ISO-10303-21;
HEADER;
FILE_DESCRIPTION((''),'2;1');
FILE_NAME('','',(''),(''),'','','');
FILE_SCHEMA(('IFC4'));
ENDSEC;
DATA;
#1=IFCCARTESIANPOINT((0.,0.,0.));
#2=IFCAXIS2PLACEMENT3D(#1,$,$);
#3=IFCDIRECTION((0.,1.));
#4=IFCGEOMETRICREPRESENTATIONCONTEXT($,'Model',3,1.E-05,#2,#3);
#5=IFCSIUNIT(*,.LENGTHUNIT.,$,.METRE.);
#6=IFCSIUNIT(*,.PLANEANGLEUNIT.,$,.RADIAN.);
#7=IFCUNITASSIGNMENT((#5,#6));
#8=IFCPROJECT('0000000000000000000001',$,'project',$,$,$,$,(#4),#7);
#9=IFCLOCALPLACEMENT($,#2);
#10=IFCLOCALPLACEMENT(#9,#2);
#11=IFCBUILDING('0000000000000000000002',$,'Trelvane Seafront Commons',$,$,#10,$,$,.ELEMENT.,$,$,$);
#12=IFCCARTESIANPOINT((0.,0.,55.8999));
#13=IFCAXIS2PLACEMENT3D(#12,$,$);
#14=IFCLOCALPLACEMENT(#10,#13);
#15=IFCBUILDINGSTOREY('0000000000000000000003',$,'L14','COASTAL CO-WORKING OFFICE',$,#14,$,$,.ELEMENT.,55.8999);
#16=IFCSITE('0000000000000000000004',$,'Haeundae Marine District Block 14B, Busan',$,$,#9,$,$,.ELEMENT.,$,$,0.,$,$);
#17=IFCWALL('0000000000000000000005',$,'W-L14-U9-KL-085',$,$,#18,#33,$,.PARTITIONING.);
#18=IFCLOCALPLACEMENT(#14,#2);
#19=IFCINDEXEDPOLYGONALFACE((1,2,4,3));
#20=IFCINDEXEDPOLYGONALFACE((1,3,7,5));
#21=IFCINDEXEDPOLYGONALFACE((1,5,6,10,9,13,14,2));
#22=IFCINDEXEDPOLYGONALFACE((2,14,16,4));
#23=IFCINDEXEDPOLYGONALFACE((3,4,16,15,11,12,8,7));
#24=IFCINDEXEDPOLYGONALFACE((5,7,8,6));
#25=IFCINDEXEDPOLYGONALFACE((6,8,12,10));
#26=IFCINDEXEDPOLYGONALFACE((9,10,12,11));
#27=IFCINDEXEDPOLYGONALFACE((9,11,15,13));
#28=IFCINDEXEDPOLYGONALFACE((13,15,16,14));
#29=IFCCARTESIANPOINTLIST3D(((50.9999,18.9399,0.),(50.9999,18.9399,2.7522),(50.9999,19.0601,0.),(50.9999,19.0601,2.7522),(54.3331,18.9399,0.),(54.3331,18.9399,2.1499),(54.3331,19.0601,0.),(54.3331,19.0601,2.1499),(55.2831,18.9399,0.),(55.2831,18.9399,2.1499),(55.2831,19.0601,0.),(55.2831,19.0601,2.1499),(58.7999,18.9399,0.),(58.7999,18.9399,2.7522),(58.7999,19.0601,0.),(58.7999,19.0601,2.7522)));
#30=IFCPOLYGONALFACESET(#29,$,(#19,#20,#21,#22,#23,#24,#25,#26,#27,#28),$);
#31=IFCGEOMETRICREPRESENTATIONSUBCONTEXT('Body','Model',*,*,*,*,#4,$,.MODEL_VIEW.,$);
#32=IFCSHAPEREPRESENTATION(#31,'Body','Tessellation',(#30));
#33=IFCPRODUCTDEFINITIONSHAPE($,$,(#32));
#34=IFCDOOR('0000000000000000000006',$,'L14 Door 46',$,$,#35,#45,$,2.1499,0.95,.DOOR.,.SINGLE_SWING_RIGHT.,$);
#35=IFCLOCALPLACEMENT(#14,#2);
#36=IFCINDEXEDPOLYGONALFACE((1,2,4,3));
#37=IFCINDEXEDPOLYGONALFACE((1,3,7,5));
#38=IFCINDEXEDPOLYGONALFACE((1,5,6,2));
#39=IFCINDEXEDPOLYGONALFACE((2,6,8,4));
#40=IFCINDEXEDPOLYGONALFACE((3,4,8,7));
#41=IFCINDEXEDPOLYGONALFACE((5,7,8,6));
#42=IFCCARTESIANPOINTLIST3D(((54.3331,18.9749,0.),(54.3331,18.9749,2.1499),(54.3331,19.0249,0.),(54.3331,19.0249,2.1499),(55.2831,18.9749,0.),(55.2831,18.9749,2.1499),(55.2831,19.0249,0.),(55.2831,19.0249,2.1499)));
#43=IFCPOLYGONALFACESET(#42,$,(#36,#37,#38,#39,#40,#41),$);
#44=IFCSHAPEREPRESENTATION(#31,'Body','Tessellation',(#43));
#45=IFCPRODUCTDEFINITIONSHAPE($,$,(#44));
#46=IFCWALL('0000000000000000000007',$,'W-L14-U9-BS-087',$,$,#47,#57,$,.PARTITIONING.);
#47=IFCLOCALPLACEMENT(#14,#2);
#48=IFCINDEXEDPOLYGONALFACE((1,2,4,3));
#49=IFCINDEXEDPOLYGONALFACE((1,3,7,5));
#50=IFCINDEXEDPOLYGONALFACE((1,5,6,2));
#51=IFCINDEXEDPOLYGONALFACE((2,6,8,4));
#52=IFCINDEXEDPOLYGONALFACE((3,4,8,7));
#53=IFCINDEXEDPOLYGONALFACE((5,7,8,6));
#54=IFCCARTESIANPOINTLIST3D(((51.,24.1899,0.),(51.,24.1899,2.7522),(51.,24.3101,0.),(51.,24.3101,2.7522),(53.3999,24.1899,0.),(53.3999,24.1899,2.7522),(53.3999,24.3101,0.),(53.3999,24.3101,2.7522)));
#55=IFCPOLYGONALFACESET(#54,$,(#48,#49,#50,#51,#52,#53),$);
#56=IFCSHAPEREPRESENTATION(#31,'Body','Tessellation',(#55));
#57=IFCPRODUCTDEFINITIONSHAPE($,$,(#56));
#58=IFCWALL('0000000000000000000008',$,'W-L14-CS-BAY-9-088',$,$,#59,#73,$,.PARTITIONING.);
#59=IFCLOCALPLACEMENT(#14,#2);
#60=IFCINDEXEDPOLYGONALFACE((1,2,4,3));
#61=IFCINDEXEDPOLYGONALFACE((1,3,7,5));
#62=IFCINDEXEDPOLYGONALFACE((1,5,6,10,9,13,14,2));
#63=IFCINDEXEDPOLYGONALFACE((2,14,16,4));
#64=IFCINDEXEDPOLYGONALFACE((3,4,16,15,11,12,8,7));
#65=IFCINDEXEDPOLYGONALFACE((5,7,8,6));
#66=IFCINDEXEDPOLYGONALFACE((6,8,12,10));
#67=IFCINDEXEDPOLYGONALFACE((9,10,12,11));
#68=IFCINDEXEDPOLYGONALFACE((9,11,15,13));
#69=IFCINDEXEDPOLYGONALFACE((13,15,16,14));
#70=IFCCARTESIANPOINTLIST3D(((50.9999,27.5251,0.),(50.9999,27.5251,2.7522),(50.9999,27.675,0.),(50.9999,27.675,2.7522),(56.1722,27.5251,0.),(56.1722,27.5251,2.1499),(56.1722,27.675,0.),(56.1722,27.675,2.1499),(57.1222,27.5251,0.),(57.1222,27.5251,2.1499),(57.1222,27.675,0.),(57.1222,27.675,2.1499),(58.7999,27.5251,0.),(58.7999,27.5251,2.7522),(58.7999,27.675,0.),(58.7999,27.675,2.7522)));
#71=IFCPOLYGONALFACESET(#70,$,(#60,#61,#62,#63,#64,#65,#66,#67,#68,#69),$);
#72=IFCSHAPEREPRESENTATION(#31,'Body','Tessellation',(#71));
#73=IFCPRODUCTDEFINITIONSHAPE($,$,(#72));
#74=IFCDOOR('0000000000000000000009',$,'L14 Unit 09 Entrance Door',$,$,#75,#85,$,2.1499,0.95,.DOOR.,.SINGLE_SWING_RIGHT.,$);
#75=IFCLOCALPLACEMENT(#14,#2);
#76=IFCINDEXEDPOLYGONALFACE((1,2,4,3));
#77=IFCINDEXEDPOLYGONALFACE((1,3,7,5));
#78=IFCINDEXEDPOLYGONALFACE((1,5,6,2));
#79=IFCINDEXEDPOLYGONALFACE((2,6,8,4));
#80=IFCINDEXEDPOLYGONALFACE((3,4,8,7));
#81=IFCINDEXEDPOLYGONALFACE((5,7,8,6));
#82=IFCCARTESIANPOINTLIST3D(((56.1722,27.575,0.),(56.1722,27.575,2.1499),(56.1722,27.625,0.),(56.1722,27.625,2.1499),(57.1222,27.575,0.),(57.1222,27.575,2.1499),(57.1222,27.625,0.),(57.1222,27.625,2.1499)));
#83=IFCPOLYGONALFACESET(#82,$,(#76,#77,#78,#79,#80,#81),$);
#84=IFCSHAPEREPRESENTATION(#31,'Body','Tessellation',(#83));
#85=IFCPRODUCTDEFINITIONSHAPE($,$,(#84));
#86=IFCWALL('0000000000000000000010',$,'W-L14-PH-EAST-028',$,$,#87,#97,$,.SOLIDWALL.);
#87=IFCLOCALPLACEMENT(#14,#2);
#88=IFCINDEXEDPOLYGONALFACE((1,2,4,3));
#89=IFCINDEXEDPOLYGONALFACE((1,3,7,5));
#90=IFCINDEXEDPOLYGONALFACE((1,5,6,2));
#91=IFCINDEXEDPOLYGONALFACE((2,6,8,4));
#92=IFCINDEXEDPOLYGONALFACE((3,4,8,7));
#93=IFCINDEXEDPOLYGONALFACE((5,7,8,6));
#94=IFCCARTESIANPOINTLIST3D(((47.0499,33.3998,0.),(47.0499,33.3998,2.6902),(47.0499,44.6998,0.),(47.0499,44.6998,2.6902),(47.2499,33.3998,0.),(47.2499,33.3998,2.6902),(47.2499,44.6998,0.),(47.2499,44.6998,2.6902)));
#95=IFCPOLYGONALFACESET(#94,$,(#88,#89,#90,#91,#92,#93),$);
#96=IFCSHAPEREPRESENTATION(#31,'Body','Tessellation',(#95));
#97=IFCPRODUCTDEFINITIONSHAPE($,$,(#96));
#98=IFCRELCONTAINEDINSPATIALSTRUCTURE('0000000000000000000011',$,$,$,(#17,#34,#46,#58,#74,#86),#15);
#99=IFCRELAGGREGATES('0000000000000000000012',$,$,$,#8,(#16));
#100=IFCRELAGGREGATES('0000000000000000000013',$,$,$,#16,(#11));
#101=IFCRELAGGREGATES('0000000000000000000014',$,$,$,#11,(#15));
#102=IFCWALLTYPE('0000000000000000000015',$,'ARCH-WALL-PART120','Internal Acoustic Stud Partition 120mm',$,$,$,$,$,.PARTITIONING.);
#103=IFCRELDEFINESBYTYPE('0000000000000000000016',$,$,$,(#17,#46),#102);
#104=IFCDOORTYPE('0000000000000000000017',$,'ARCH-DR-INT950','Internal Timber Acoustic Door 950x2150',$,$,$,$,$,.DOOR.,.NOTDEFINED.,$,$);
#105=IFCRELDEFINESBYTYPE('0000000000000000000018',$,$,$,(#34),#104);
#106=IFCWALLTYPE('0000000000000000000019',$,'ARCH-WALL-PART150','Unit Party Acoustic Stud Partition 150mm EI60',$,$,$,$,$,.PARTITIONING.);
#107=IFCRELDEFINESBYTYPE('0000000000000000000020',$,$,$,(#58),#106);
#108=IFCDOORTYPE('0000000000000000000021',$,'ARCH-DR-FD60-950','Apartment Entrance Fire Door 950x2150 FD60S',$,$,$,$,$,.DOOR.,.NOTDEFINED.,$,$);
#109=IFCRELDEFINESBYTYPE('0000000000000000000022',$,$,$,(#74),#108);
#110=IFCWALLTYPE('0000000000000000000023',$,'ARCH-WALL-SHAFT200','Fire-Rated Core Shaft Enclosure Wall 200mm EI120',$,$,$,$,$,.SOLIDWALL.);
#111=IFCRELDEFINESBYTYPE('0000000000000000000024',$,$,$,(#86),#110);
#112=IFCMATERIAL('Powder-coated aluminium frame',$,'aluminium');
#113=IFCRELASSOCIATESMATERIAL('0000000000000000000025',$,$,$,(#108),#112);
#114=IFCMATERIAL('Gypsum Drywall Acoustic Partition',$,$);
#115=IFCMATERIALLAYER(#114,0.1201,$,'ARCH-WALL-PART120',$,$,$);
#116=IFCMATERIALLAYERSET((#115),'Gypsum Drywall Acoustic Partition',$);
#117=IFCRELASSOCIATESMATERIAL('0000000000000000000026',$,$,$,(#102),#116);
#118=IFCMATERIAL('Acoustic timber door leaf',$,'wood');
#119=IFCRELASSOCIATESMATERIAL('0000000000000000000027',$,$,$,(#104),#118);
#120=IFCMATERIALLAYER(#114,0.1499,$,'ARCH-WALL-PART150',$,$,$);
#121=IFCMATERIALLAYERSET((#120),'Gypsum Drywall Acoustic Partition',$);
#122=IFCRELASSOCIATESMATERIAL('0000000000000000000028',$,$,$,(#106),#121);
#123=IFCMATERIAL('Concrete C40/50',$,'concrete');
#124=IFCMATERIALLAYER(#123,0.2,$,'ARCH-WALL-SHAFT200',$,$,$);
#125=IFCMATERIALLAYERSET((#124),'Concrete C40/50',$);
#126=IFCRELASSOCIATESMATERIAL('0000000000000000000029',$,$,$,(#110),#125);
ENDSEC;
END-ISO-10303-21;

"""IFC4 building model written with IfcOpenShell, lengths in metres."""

from ifc_helpers import new_model, si_unit, direction, frame, frame_2d, origin, place, context, subcontext, project, spatial, rectangle, extrude, source, transform, mapped, material, layer, layer_set, type_object, element, fill, save


model = new_model("IFC4")

# Units and contexts
model_context = context("Model", 3, precision=1e-05, world=origin(), true_north=direction((0.0, 1.0)))
body_context = subcontext(model_context, "Body", "Model", "MODEL_VIEW")
ifc_project = project(units=[si_unit("LENGTHUNIT", "METRE"), si_unit("PLANEANGLEUNIT", "RADIAN")], contexts=[model_context])

# Site, building, storey
site_placement = place(None, origin())
site = spatial("IfcSite", under=ifc_project, at=site_placement, Name="Haeundae Marine District Block 14B, Busan", CompositionType="ELEMENT", RefElevation=0.0)
building_placement = place(site_placement, origin())
building = spatial("IfcBuilding", under=site, at=building_placement, Name="Trelvane Seafront Commons", CompositionType="ELEMENT")
storey_placement = place(building_placement, frame((0.0, 0.0, 55.8999)))
storey = spatial("IfcBuildingStorey", under=building, at=storey_placement, Name="L14", Description="COASTAL CO-WORKING OFFICE", CompositionType="ELEMENT", Elevation=55.8999)

# Shared definitions
ifc_material_1 = material(Name="Concrete C40/50", Category="concrete")
ifc_material_2 = material(Name="Powder-coated aluminium frame", Category="aluminium")
door_type_1 = type_object("IfcDoorType", Name="ARCH-DR-FD60-950", Description="Apartment Entrance Fire Door 950x2150 FD60S", OperationType="NOTDEFINED", PredefinedType="DOOR", material=ifc_material_2)
shared_shape_1 = source(origin(), body_context, "Body", "SweptSolid", [
    extrude(rectangle(XDim=0.95, YDim=2.1499, at=frame_2d((0.4751, 1.075))), frame((0.0, 0.0249, 0.0), z_axis=(0.0, -1.0, 0.0), x_axis=(1.0, 0.0, 0.0)), (0.0, 0.0, 1.0), 0.05),
])

# Shared definitions
ifc_material_3 = material(Name="Gypsum Drywall Acoustic Partition")
ifc_layer_1 = layer(ifc_material_3, 0.1201, Name="ARCH-WALL-PART120")
ifc_layer_set_1 = layer_set([ifc_layer_1], Name="Gypsum Drywall Acoustic Partition")
wall_type_1 = type_object("IfcWallType", Name="ARCH-WALL-PART120", Description="Internal Acoustic Stud Partition 120mm", PredefinedType="PARTITIONING", material=ifc_layer_set_1)
ifc_material_4 = material(Name="Acoustic timber door leaf", Category="wood")
door_type_2 = type_object("IfcDoorType", Name="ARCH-DR-INT950", Description="Internal Timber Acoustic Door 950x2150", OperationType="NOTDEFINED", PredefinedType="DOOR", material=ifc_material_4)

# Wall, opening, door
wall_1_placement = place(storey_placement, frame((51.0, 19.0, 0.0), z_axis=(0.0, 0.0, 1.0), x_axis=(1.0, 0.0, 0.0)))
wall_1 = element("IfcWall", 1, at=wall_1_placement, inside=storey, type_object=wall_type_1, Name="W-L14-U9-KL-085", PredefinedType="PARTITIONING", context=body_context, shape_type="SweptSolid", body=[
    extrude(rectangle(XDim=7.8, YDim=0.1201, at=frame_2d((3.8999, 0.0))), origin(), (0.0, 0.0, 1.0), 2.7522),
])
opening_1_placement = place(wall_1_placement, frame((3.333, 0.0, 0.0)))
opening_1 = element("IfcOpeningElement", 2, at=opening_1_placement, cuts=wall_1, PredefinedType="OPENING", context=body_context, shape_type="SweptSolid", body=[
    extrude(rectangle(XDim=0.95, YDim=2.1499, at=frame_2d((0.4751, 1.075))), frame((0.0, 0.0701, 0.0), z_axis=(0.0, -1.0, 0.0), x_axis=(1.0, 0.0, 0.0)), (0.0, 0.0, 1.0), 0.1401),
])
door_1_placement = place(opening_1_placement, origin())
door_1 = element("IfcDoor", 3, at=door_1_placement, inside=storey, type_object=door_type_2, Name="L14 Door 46", OperationType="SINGLE_SWING_RIGHT", OverallHeight=2.1499, OverallWidth=0.95, PredefinedType="DOOR", context=body_context, shape_type="MappedRepresentation", body=[
    mapped(shared_shape_1, transform((0.0, 0.0, 0.0), x_axis=(1.0, 0.0, 0.0), y_axis=(0.0, 1.0, 0.0), z_axis=(0.0, 0.0, 1.0), scale=1.0)),
])
fill(opening_1, door_1)

# Wall
wall_2_placement = place(storey_placement, frame((51.0, 24.25, 0.0), z_axis=(0.0, 0.0, 1.0), x_axis=(1.0, 0.0, 0.0)))
element("IfcWall", 4, at=wall_2_placement, inside=storey, type_object=wall_type_1, Name="W-L14-U9-BS-087", PredefinedType="PARTITIONING", context=body_context, shape_type="SweptSolid", body=[
    extrude(rectangle(XDim=2.3999, YDim=0.1201, at=frame_2d((1.2, 0.0))), origin(), (0.0, 0.0, 1.0), 2.7522),
])

# Wall, opening, door
ifc_layer_2 = layer(ifc_material_3, 0.1499, Name="ARCH-WALL-PART150")
ifc_layer_set_2 = layer_set([ifc_layer_2], Name="Gypsum Drywall Acoustic Partition")
wall_type_2 = type_object("IfcWallType", Name="ARCH-WALL-PART150", Description="Unit Party Acoustic Stud Partition 150mm EI60", PredefinedType="PARTITIONING", material=ifc_layer_set_2)
wall_3_placement = place(storey_placement, frame((51.0, 27.6001, 0.0), z_axis=(0.0, 0.0, 1.0), x_axis=(1.0, 0.0, 0.0)))
wall_3 = element("IfcWall", 5, at=wall_3_placement, inside=storey, type_object=wall_type_2, Name="W-L14-CS-BAY-9-088", PredefinedType="PARTITIONING", context=body_context, shape_type="SweptSolid", body=[
    extrude(rectangle(XDim=7.8, YDim=0.1499, at=frame_2d((3.8999, 0.0))), origin(), (0.0, 0.0, 1.0), 2.7522),
])
opening_2_placement = place(wall_3_placement, frame((5.1721, 0.0, 0.0)))
opening_2 = element("IfcOpeningElement", 6, at=opening_2_placement, cuts=wall_3, PredefinedType="OPENING", context=body_context, shape_type="SweptSolid", body=[
    extrude(rectangle(XDim=0.95, YDim=2.1499, at=frame_2d((0.4751, 1.075))), frame((0.0, 0.085, 0.0), z_axis=(0.0, -1.0, 0.0), x_axis=(1.0, 0.0, 0.0)), (0.0, 0.0, 1.0), 0.1699),
])
door_2_placement = place(opening_2_placement, origin())
door_2 = element("IfcDoor", 7, at=door_2_placement, inside=storey, type_object=door_type_1, Name="L14 Unit 09 Entrance Door", OperationType="SINGLE_SWING_RIGHT", OverallHeight=2.1499, OverallWidth=0.95, PredefinedType="DOOR", context=body_context, shape_type="MappedRepresentation", body=[
    mapped(shared_shape_1, transform((0.0, 0.0, 0.0), x_axis=(1.0, 0.0, 0.0), y_axis=(0.0, 1.0, 0.0), z_axis=(0.0, 0.0, 1.0), scale=1.0)),
])
fill(opening_2, door_2)

# Wall
ifc_layer_3 = layer(ifc_material_1, 0.2, Name="ARCH-WALL-SHAFT200")
ifc_layer_set_3 = layer_set([ifc_layer_3], Name="Concrete C40/50")
wall_type_3 = type_object("IfcWallType", Name="ARCH-WALL-SHAFT200", Description="Fire-Rated Core Shaft Enclosure Wall 200mm EI120", PredefinedType="SOLIDWALL", material=ifc_layer_set_3)
wall_4_placement = place(storey_placement, frame((47.1499, 33.3999, 0.0), z_axis=(0.0, 0.0, 1.0), x_axis=(0.0, 1.0, 0.0)))
element("IfcWall", 8, at=wall_4_placement, inside=storey, type_object=wall_type_3, Name="W-L14-PH-EAST-028", PredefinedType="SOLIDWALL", context=body_context, shape_type="SweptSolid", body=[
    extrude(rectangle(XDim=11.3, YDim=0.2, at=frame_2d((5.6499, 0.0))), origin(), (0.0, 0.0, 1.0), 2.6902),
])

save(model, "model.ifc")
